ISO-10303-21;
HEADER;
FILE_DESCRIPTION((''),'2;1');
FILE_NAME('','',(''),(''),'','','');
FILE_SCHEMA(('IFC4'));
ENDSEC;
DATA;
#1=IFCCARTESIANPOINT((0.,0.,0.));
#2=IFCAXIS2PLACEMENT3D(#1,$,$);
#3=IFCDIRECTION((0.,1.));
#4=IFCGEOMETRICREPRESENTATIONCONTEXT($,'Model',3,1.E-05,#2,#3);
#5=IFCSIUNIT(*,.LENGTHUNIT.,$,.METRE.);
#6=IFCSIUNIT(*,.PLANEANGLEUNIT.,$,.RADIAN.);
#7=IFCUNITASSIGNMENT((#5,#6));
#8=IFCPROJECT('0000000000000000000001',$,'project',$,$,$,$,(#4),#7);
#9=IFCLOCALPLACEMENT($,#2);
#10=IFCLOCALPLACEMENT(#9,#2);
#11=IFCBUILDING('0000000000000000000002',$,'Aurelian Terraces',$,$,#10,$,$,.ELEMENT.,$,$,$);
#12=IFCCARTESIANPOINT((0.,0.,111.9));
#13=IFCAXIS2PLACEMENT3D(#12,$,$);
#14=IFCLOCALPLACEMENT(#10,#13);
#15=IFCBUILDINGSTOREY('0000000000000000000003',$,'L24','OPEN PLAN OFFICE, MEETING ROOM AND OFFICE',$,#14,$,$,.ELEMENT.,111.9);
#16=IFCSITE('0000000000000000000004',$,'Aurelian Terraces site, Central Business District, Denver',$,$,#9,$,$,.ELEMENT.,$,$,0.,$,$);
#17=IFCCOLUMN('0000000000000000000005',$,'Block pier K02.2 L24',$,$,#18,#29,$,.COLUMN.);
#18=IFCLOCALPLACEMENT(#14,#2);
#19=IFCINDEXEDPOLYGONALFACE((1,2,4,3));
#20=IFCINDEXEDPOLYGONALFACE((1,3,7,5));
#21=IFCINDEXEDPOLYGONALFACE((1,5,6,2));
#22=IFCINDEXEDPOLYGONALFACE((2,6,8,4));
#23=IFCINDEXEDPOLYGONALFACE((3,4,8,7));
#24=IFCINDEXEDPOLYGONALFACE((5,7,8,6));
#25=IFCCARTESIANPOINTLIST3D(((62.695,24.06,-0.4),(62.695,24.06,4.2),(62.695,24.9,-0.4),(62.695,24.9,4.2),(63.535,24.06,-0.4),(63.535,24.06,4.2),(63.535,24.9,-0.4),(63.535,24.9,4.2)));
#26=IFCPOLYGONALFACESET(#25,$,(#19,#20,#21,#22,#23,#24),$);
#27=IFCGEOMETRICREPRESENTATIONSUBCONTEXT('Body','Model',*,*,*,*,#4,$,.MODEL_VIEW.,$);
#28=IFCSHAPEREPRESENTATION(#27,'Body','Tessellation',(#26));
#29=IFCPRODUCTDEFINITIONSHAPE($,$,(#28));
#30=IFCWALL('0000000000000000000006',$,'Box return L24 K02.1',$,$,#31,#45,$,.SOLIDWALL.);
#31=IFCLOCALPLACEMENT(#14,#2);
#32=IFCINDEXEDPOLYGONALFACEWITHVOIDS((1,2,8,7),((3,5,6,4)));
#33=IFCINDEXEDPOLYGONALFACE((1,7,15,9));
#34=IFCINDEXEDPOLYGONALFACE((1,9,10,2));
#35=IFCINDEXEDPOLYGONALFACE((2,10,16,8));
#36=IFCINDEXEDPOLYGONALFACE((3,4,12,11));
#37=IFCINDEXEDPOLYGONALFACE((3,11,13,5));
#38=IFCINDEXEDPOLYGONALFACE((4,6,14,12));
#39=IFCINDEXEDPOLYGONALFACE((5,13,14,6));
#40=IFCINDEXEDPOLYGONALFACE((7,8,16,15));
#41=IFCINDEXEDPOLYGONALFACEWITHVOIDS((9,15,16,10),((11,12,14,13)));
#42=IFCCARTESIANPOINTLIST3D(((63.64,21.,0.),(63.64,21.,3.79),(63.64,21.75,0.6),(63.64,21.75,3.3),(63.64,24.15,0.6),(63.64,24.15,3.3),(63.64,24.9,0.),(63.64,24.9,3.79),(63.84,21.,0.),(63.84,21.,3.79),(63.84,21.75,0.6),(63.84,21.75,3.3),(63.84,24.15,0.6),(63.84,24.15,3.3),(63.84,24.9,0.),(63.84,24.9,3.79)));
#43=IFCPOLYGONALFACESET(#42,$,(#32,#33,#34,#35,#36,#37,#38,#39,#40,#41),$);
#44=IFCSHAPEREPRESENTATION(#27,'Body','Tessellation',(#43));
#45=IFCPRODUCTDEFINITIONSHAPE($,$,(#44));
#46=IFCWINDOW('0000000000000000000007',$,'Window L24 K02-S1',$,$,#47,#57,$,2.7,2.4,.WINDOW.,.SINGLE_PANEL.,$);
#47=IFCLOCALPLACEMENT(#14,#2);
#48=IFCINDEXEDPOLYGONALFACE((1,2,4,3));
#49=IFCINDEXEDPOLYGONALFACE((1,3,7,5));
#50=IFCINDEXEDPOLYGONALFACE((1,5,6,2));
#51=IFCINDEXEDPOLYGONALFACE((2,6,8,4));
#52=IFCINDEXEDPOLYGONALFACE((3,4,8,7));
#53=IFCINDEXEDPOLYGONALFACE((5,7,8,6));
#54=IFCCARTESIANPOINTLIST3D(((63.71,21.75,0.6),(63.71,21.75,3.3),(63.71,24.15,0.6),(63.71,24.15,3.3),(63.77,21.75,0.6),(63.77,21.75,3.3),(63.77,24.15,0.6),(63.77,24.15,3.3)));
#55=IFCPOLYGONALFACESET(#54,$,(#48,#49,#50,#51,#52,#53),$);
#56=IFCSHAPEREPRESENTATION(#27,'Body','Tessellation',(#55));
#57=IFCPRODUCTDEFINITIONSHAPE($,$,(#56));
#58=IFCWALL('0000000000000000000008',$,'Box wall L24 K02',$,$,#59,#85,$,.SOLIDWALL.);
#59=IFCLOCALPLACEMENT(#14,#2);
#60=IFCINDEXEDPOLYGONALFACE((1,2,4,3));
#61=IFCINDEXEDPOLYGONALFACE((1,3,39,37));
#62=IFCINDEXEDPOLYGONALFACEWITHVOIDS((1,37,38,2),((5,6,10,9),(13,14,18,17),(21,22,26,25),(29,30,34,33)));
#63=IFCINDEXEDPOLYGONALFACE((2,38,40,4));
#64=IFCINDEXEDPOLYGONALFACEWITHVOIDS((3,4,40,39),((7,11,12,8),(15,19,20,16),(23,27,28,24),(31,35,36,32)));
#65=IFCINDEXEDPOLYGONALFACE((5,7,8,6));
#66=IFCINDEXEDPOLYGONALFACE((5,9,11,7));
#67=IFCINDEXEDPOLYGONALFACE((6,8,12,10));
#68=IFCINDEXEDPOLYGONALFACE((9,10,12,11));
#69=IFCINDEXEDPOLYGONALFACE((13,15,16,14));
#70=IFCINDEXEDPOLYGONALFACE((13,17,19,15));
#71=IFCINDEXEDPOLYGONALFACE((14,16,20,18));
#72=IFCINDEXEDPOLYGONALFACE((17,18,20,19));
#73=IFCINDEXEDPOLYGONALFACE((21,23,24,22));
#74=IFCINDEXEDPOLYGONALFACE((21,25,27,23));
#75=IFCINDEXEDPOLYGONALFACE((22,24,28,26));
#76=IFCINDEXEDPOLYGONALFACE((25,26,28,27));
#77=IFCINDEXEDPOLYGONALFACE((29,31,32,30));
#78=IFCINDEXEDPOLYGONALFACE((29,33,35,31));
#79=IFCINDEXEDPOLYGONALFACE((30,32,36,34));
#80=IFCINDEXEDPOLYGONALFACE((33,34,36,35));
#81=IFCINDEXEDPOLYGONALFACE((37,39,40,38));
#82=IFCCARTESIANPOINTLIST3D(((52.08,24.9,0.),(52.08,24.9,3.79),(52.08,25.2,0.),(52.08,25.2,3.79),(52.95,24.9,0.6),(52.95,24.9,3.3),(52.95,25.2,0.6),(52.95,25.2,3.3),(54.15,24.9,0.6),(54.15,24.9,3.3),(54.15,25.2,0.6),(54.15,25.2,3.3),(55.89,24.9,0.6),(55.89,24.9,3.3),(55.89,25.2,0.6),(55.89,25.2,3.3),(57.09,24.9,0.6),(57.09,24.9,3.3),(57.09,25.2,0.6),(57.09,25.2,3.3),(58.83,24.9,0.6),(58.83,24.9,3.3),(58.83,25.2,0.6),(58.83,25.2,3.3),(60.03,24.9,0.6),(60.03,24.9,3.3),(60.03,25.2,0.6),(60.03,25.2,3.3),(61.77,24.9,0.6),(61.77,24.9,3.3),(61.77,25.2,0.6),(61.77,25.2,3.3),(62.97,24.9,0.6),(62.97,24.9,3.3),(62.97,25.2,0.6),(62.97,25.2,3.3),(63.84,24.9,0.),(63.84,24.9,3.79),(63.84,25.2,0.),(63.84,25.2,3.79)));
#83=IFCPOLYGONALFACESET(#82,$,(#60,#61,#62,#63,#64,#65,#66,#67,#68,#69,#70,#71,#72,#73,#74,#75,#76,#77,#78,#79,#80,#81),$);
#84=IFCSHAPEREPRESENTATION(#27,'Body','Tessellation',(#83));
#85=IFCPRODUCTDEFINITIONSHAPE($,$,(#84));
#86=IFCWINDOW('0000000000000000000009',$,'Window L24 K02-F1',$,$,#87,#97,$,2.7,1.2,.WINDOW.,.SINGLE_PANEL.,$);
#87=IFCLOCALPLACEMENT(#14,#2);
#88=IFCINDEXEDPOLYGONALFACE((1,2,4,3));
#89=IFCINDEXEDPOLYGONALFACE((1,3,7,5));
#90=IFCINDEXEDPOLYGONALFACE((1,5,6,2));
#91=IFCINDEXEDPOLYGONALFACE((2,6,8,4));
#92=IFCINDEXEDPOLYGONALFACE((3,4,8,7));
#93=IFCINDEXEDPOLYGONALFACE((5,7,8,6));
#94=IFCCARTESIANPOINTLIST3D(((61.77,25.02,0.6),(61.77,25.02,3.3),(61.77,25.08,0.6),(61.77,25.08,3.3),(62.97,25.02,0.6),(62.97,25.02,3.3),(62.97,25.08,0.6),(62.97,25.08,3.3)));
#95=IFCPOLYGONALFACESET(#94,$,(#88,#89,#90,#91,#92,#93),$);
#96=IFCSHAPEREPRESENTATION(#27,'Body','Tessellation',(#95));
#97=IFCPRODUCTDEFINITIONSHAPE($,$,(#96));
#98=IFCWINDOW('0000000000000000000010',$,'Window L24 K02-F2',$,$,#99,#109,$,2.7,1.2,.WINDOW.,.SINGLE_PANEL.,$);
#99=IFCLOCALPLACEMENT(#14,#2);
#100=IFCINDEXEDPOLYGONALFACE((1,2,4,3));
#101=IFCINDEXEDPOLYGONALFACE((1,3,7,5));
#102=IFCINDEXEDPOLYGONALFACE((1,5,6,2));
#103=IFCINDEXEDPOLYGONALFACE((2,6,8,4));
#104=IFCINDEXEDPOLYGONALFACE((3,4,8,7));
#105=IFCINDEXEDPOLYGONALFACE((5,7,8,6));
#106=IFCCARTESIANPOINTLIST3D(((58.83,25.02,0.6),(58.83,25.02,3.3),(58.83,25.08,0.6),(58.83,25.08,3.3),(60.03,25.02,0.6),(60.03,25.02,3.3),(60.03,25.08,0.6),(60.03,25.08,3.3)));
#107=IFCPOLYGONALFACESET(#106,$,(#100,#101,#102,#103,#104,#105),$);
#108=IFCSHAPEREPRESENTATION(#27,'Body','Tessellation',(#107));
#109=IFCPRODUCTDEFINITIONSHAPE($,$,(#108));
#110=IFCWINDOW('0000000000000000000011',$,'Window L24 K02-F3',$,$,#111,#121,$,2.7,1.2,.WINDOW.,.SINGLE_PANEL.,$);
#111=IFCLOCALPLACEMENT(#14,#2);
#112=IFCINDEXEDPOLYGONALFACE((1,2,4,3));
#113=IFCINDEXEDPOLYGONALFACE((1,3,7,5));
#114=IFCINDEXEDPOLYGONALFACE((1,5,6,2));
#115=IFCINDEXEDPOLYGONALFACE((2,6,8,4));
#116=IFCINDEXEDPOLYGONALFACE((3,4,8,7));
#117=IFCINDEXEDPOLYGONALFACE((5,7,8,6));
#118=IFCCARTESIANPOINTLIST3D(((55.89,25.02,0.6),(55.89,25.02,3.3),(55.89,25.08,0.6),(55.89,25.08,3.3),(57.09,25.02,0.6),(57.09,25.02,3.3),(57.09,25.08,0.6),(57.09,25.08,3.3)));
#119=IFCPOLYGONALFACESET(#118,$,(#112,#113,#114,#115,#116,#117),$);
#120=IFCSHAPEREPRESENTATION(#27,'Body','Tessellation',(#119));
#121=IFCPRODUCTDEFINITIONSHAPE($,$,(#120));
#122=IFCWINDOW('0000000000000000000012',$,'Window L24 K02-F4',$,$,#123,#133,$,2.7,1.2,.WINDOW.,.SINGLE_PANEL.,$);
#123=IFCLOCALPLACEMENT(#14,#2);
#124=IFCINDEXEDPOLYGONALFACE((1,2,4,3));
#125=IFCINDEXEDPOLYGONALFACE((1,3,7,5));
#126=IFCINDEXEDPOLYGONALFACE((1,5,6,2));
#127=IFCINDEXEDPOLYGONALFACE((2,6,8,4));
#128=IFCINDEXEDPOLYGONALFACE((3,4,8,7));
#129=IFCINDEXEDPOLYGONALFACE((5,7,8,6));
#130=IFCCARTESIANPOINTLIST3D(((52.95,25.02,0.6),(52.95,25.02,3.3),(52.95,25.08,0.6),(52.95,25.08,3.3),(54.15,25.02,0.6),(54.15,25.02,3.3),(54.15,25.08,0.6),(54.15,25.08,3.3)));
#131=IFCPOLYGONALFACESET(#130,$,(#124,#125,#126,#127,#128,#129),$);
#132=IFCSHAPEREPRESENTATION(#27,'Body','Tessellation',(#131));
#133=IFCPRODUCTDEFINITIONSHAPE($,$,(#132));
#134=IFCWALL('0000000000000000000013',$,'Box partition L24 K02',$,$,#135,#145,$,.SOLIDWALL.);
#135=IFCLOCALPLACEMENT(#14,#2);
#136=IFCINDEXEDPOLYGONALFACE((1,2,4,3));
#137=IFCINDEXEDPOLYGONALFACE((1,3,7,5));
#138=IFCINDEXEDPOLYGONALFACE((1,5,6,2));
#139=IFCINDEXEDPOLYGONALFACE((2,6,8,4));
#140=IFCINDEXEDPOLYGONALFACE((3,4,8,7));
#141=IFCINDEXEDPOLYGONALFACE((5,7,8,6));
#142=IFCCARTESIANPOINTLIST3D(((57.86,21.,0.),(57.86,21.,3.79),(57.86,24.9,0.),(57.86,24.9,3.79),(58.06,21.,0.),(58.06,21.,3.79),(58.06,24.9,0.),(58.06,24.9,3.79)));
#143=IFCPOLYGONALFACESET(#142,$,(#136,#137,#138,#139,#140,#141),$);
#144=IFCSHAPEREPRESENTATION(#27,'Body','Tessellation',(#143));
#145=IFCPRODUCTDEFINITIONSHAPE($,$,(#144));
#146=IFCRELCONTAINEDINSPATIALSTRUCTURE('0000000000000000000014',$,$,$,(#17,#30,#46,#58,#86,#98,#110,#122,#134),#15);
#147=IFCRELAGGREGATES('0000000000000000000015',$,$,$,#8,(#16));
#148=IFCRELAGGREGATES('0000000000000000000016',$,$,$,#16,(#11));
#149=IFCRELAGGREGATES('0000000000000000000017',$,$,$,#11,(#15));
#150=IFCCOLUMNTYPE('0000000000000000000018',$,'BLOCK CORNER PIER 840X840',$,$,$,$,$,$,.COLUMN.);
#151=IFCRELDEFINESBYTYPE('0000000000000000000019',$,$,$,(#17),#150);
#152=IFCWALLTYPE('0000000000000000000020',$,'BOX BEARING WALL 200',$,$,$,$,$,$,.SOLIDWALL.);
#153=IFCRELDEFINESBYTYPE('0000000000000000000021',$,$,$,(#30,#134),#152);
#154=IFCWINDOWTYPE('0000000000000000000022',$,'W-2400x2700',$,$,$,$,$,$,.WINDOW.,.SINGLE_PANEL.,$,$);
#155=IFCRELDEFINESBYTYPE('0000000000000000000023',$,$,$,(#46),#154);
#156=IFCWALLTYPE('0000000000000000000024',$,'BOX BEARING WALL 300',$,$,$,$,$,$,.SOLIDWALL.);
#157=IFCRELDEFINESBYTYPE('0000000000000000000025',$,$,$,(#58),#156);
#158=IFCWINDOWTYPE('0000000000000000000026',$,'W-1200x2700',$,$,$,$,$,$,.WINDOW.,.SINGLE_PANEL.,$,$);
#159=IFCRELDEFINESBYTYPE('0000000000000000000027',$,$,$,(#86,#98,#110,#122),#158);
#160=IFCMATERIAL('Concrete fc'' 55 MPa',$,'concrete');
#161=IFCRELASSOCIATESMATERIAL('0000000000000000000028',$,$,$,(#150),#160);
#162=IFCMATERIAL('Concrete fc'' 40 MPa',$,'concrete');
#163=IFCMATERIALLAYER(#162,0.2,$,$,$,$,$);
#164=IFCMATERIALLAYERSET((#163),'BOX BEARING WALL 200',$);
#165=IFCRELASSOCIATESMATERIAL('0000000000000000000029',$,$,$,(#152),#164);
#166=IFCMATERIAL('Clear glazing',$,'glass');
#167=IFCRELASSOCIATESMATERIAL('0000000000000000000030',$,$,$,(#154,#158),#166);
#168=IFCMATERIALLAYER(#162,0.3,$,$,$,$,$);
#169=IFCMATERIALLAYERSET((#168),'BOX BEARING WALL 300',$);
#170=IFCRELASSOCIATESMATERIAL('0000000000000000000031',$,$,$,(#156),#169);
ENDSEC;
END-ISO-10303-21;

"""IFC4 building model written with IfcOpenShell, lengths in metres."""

from ifc_helpers import new_model, si_unit, direction, frame, frame_2d, origin, origin_2d, place, context, subcontext, project, spatial, rectangle, extrude, source, transform, mapped, material, layer, layer_set, material_profile, profile_set, type_object, element, fill, save


model = new_model("IFC4")

# Units and contexts
model_context = context("Model", 3, precision=1e-05, world=origin(), true_north=direction((0.0, 1.0)))
body_context = subcontext(model_context, "Body", "Model", "MODEL_VIEW")
ifc_project = project(units=[si_unit("LENGTHUNIT", "METRE"), si_unit("PLANEANGLEUNIT", "RADIAN")], contexts=[model_context])

# Site, building, storey
site_placement = place(None, origin())
site = spatial("IfcSite", under=ifc_project, at=site_placement, Name="Aurelian Terraces site, Central Business District, Denver", CompositionType="ELEMENT", RefElevation=0.0)
building_placement = place(site_placement, origin())
building = spatial("IfcBuilding", under=site, at=building_placement, Name="Aurelian Terraces", CompositionType="ELEMENT")
storey_placement = place(building_placement, frame((0.0, 0.0, 111.9)))
storey = spatial("IfcBuildingStorey", under=building, at=storey_placement, Name="L24", Description="OPEN PLAN OFFICE, MEETING ROOM AND OFFICE", CompositionType="ELEMENT", Elevation=111.9)

# Column
ifc_material_1 = material(Name="Concrete fc' 55 MPa", Category="concrete")
ifc_material_profile = material_profile(ifc_material_1, rectangle(XDim=0.84, YDim=0.84, at=origin_2d()))
ifc_profile_set = profile_set([ifc_material_profile], Name="Concrete fc' 55 MPa")
column_type = type_object("IfcColumnType", Name="BLOCK CORNER PIER 840X840", PredefinedType="COLUMN", material=ifc_profile_set)
shared_shape_1 = source(origin(), body_context, "Body", "SweptSolid", [
    extrude(rectangle(XDim=0.84, YDim=0.84, at=origin_2d()), origin(), (0.0, 0.0, 1.0), 4.6),
])
column_placement = place(storey_placement, frame((63.115, 24.48, -0.4), z_axis=(0.0, 0.0, 1.0), x_axis=(1.0, 0.0, 0.0)))
element("IfcColumn", 1, at=column_placement, inside=storey, type_object=column_type, Name="Block pier K02.2 L24", PredefinedType="COLUMN", context=body_context, shape_type="MappedRepresentation", body=[
    mapped(shared_shape_1, transform((0.0, 0.0, 0.0), scale=1.0)),
])

# Wall, opening, window
ifc_material_2 = material(Name="Concrete fc' 40 MPa", Category="concrete")
ifc_layer_1 = layer(ifc_material_2, 0.2)
ifc_layer_set_1 = layer_set([ifc_layer_1], Name="BOX BEARING WALL 200")
wall_type_1 = type_object("IfcWallType", Name="BOX BEARING WALL 200", PredefinedType="SOLIDWALL", material=ifc_layer_set_1)
shared_shape_2 = source(origin(), body_context, "Body", "SweptSolid", [
    extrude(rectangle(XDim=3.9, YDim=0.2, at=frame_2d((1.95, 0.0))), origin(), (0.0, 0.0, 1.0), 3.79),
])
wall_1_placement = place(storey_placement, frame((63.74, 21.0, 0.0), z_axis=(0.0, 0.0, 1.0), x_axis=(0.0, 1.0, 0.0)))
wall_1 = element("IfcWall", 2, at=wall_1_placement, inside=storey, type_object=wall_type_1, Name="Box return L24 K02.1", PredefinedType="SOLIDWALL", context=body_context, shape_type="MappedRepresentation", body=[
    mapped(shared_shape_2, transform((0.0, 0.0, 0.0), scale=1.0)),
])
shared_shape_3 = source(origin(), body_context, "Body", "SweptSolid", [
    extrude(rectangle(XDim=2.4, YDim=2.7, at=frame_2d((1.2, 1.35))), frame((0.0, 0.11, 0.0), z_axis=(0.0, -1.0, 0.0), x_axis=(1.0, 0.0, 0.0)), (0.0, 0.0, 1.0), 0.22),
])
opening_1_placement = place(wall_1_placement, frame((0.75, 0.0, 0.6)))
opening_1 = element("IfcOpeningElement", 3, at=opening_1_placement, cuts=wall_1, PredefinedType="OPENING", context=body_context, shape_type="MappedRepresentation", body=[
    mapped(shared_shape_3, transform((0.0, 0.0, 0.0), scale=1.0)),
])
ifc_material_3 = material(Name="Clear glazing", Category="glass")
window_type_1 = type_object("IfcWindowType", Name="W-2400x2700", PartitioningType="SINGLE_PANEL", PredefinedType="WINDOW", material=ifc_material_3)
shared_shape_4 = source(origin(), body_context, "Body", "SweptSolid", [
    extrude(rectangle(XDim=2.4, YDim=2.7, at=frame_2d((1.2, 1.35))), frame((0.0, 0.03, 0.0), z_axis=(0.0, -1.0, 0.0), x_axis=(1.0, 0.0, 0.0)), (0.0, 0.0, 1.0), 0.06),
])
window_1_placement = place(opening_1_placement, origin())
window_1 = element("IfcWindow", 4, at=window_1_placement, inside=storey, type_object=window_type_1, Name="Window L24 K02-S1", OverallHeight=2.7, OverallWidth=2.4, PartitioningType="SINGLE_PANEL", PredefinedType="WINDOW", context=body_context, shape_type="MappedRepresentation", body=[
    mapped(shared_shape_4, transform((0.0, 0.0, 0.0), scale=1.0)),
])
fill(opening_1, window_1)

# Wall, openings, windows
ifc_layer_2 = layer(ifc_material_2, 0.3)
ifc_layer_set_2 = layer_set([ifc_layer_2], Name="BOX BEARING WALL 300")
wall_type_2 = type_object("IfcWallType", Name="BOX BEARING WALL 300", PredefinedType="SOLIDWALL", material=ifc_layer_set_2)
shared_shape_5 = source(origin(), body_context, "Body", "SweptSolid", [
    extrude(rectangle(XDim=11.76, YDim=0.3, at=frame_2d((5.88, 0.0))), origin(), (0.0, 0.0, 1.0), 3.79),
])
wall_2_placement = place(storey_placement, frame((63.84, 25.05, 0.0), z_axis=(0.0, 0.0, 1.0), x_axis=(-1.0, 0.0, 0.0)))
wall_2 = element("IfcWall", 5, at=wall_2_placement, inside=storey, type_object=wall_type_2, Name="Box wall L24 K02", PredefinedType="SOLIDWALL", context=body_context, shape_type="MappedRepresentation", body=[
    mapped(shared_shape_5, transform((0.0, 0.0, 0.0), scale=1.0)),
])
shared_shape_6 = source(origin(), body_context, "Body", "SweptSolid", [
    extrude(rectangle(XDim=1.2, YDim=2.7, at=frame_2d((0.6, 1.35))), frame((0.0, 0.16, 0.0), z_axis=(0.0, -1.0, 0.0), x_axis=(1.0, 0.0, 0.0)), (0.0, 0.0, 1.0), 0.32),
])
opening_2_placement = place(wall_2_placement, frame((0.87, 0.0, 0.6)))
opening_2 = element("IfcOpeningElement", 6, at=opening_2_placement, cuts=wall_2, PredefinedType="OPENING", context=body_context, shape_type="MappedRepresentation", body=[
    mapped(shared_shape_6, transform((0.0, 0.0, 0.0), scale=1.0)),
])
opening_3_placement = place(wall_2_placement, frame((3.81, 0.0, 0.6)))
opening_3 = element("IfcOpeningElement", 7, at=opening_3_placement, cuts=wall_2, PredefinedType="OPENING", context=body_context, shape_type="MappedRepresentation", body=[
    mapped(shared_shape_6, transform((0.0, 0.0, 0.0), scale=1.0)),
])
opening_4_placement = place(wall_2_placement, frame((6.75, 0.0, 0.6)))
opening_4 = element("IfcOpeningElement", 8, at=opening_4_placement, cuts=wall_2, PredefinedType="OPENING", context=body_context, shape_type="MappedRepresentation", body=[
    mapped(shared_shape_6, transform((0.0, 0.0, 0.0), scale=1.0)),
])
opening_5_placement = place(wall_2_placement, frame((9.69, 0.0, 0.6)))
opening_5 = element("IfcOpeningElement", 9, at=opening_5_placement, cuts=wall_2, PredefinedType="OPENING", context=body_context, shape_type="MappedRepresentation", body=[
    mapped(shared_shape_6, transform((0.0, 0.0, 0.0), scale=1.0)),
])
window_type_2 = type_object("IfcWindowType", Name="W-1200x2700", PartitioningType="SINGLE_PANEL", PredefinedType="WINDOW", material=ifc_material_3)
shared_shape_7 = source(origin(), body_context, "Body", "SweptSolid", [
    extrude(rectangle(XDim=1.2, YDim=2.7, at=frame_2d((0.6, 1.35))), frame((0.0, 0.03, 0.0), z_axis=(0.0, -1.0, 0.0), x_axis=(1.0, 0.0, 0.0)), (0.0, 0.0, 1.0), 0.06),
])
window_2_placement = place(opening_2_placement, origin())
window_2 = element("IfcWindow", 10, at=window_2_placement, inside=storey, type_object=window_type_2, Name="Window L24 K02-F1", OverallHeight=2.7, OverallWidth=1.2, PartitioningType="SINGLE_PANEL", PredefinedType="WINDOW", context=body_context, shape_type="MappedRepresentation", body=[
    mapped(shared_shape_7, transform((0.0, 0.0, 0.0), scale=1.0)),
])
fill(opening_2, window_2)
window_3_placement = place(opening_3_placement, origin())
window_3 = element("IfcWindow", 11, at=window_3_placement, inside=storey, type_object=window_type_2, Name="Window L24 K02-F2", OverallHeight=2.7, OverallWidth=1.2, PartitioningType="SINGLE_PANEL", PredefinedType="WINDOW", context=body_context, shape_type="MappedRepresentation", body=[
    mapped(shared_shape_7, transform((0.0, 0.0, 0.0), scale=1.0)),
])
fill(opening_3, window_3)
window_4_placement = place(opening_4_placement, origin())
window_4 = element("IfcWindow", 12, at=window_4_placement, inside=storey, type_object=window_type_2, Name="Window L24 K02-F3", OverallHeight=2.7, OverallWidth=1.2, PartitioningType="SINGLE_PANEL", PredefinedType="WINDOW", context=body_context, shape_type="MappedRepresentation", body=[
    mapped(shared_shape_7, transform((0.0, 0.0, 0.0), scale=1.0)),
])
fill(opening_4, window_4)
window_5_placement = place(opening_5_placement, origin())
window_5 = element("IfcWindow", 13, at=window_5_placement, inside=storey, type_object=window_type_2, Name="Window L24 K02-F4", OverallHeight=2.7, OverallWidth=1.2, PartitioningType="SINGLE_PANEL", PredefinedType="WINDOW", context=body_context, shape_type="MappedRepresentation", body=[
    mapped(shared_shape_7, transform((0.0, 0.0, 0.0), scale=1.0)),
])
fill(opening_5, window_5)

# Wall
shared_shape_8 = source(origin(), body_context, "Body", "SweptSolid", [
    extrude(rectangle(XDim=3.9, YDim=0.2, at=frame_2d((1.95, 0.0))), origin(), (0.0, 0.0, 1.0), 3.79),
])
wall_3_placement = place(storey_placement, frame((57.96, 21.0, 0.0), z_axis=(0.0, 0.0, 1.0), x_axis=(0.0, 1.0, 0.0)))
element("IfcWall", 14, at=wall_3_placement, inside=storey, type_object=wall_type_1, Name="Box partition L24 K02", PredefinedType="SOLIDWALL", context=body_context, shape_type="MappedRepresentation", body=[
    mapped(shared_shape_8, transform((0.0, 0.0, 0.0), scale=1.0)),
])

save(model, "model.ifc")
